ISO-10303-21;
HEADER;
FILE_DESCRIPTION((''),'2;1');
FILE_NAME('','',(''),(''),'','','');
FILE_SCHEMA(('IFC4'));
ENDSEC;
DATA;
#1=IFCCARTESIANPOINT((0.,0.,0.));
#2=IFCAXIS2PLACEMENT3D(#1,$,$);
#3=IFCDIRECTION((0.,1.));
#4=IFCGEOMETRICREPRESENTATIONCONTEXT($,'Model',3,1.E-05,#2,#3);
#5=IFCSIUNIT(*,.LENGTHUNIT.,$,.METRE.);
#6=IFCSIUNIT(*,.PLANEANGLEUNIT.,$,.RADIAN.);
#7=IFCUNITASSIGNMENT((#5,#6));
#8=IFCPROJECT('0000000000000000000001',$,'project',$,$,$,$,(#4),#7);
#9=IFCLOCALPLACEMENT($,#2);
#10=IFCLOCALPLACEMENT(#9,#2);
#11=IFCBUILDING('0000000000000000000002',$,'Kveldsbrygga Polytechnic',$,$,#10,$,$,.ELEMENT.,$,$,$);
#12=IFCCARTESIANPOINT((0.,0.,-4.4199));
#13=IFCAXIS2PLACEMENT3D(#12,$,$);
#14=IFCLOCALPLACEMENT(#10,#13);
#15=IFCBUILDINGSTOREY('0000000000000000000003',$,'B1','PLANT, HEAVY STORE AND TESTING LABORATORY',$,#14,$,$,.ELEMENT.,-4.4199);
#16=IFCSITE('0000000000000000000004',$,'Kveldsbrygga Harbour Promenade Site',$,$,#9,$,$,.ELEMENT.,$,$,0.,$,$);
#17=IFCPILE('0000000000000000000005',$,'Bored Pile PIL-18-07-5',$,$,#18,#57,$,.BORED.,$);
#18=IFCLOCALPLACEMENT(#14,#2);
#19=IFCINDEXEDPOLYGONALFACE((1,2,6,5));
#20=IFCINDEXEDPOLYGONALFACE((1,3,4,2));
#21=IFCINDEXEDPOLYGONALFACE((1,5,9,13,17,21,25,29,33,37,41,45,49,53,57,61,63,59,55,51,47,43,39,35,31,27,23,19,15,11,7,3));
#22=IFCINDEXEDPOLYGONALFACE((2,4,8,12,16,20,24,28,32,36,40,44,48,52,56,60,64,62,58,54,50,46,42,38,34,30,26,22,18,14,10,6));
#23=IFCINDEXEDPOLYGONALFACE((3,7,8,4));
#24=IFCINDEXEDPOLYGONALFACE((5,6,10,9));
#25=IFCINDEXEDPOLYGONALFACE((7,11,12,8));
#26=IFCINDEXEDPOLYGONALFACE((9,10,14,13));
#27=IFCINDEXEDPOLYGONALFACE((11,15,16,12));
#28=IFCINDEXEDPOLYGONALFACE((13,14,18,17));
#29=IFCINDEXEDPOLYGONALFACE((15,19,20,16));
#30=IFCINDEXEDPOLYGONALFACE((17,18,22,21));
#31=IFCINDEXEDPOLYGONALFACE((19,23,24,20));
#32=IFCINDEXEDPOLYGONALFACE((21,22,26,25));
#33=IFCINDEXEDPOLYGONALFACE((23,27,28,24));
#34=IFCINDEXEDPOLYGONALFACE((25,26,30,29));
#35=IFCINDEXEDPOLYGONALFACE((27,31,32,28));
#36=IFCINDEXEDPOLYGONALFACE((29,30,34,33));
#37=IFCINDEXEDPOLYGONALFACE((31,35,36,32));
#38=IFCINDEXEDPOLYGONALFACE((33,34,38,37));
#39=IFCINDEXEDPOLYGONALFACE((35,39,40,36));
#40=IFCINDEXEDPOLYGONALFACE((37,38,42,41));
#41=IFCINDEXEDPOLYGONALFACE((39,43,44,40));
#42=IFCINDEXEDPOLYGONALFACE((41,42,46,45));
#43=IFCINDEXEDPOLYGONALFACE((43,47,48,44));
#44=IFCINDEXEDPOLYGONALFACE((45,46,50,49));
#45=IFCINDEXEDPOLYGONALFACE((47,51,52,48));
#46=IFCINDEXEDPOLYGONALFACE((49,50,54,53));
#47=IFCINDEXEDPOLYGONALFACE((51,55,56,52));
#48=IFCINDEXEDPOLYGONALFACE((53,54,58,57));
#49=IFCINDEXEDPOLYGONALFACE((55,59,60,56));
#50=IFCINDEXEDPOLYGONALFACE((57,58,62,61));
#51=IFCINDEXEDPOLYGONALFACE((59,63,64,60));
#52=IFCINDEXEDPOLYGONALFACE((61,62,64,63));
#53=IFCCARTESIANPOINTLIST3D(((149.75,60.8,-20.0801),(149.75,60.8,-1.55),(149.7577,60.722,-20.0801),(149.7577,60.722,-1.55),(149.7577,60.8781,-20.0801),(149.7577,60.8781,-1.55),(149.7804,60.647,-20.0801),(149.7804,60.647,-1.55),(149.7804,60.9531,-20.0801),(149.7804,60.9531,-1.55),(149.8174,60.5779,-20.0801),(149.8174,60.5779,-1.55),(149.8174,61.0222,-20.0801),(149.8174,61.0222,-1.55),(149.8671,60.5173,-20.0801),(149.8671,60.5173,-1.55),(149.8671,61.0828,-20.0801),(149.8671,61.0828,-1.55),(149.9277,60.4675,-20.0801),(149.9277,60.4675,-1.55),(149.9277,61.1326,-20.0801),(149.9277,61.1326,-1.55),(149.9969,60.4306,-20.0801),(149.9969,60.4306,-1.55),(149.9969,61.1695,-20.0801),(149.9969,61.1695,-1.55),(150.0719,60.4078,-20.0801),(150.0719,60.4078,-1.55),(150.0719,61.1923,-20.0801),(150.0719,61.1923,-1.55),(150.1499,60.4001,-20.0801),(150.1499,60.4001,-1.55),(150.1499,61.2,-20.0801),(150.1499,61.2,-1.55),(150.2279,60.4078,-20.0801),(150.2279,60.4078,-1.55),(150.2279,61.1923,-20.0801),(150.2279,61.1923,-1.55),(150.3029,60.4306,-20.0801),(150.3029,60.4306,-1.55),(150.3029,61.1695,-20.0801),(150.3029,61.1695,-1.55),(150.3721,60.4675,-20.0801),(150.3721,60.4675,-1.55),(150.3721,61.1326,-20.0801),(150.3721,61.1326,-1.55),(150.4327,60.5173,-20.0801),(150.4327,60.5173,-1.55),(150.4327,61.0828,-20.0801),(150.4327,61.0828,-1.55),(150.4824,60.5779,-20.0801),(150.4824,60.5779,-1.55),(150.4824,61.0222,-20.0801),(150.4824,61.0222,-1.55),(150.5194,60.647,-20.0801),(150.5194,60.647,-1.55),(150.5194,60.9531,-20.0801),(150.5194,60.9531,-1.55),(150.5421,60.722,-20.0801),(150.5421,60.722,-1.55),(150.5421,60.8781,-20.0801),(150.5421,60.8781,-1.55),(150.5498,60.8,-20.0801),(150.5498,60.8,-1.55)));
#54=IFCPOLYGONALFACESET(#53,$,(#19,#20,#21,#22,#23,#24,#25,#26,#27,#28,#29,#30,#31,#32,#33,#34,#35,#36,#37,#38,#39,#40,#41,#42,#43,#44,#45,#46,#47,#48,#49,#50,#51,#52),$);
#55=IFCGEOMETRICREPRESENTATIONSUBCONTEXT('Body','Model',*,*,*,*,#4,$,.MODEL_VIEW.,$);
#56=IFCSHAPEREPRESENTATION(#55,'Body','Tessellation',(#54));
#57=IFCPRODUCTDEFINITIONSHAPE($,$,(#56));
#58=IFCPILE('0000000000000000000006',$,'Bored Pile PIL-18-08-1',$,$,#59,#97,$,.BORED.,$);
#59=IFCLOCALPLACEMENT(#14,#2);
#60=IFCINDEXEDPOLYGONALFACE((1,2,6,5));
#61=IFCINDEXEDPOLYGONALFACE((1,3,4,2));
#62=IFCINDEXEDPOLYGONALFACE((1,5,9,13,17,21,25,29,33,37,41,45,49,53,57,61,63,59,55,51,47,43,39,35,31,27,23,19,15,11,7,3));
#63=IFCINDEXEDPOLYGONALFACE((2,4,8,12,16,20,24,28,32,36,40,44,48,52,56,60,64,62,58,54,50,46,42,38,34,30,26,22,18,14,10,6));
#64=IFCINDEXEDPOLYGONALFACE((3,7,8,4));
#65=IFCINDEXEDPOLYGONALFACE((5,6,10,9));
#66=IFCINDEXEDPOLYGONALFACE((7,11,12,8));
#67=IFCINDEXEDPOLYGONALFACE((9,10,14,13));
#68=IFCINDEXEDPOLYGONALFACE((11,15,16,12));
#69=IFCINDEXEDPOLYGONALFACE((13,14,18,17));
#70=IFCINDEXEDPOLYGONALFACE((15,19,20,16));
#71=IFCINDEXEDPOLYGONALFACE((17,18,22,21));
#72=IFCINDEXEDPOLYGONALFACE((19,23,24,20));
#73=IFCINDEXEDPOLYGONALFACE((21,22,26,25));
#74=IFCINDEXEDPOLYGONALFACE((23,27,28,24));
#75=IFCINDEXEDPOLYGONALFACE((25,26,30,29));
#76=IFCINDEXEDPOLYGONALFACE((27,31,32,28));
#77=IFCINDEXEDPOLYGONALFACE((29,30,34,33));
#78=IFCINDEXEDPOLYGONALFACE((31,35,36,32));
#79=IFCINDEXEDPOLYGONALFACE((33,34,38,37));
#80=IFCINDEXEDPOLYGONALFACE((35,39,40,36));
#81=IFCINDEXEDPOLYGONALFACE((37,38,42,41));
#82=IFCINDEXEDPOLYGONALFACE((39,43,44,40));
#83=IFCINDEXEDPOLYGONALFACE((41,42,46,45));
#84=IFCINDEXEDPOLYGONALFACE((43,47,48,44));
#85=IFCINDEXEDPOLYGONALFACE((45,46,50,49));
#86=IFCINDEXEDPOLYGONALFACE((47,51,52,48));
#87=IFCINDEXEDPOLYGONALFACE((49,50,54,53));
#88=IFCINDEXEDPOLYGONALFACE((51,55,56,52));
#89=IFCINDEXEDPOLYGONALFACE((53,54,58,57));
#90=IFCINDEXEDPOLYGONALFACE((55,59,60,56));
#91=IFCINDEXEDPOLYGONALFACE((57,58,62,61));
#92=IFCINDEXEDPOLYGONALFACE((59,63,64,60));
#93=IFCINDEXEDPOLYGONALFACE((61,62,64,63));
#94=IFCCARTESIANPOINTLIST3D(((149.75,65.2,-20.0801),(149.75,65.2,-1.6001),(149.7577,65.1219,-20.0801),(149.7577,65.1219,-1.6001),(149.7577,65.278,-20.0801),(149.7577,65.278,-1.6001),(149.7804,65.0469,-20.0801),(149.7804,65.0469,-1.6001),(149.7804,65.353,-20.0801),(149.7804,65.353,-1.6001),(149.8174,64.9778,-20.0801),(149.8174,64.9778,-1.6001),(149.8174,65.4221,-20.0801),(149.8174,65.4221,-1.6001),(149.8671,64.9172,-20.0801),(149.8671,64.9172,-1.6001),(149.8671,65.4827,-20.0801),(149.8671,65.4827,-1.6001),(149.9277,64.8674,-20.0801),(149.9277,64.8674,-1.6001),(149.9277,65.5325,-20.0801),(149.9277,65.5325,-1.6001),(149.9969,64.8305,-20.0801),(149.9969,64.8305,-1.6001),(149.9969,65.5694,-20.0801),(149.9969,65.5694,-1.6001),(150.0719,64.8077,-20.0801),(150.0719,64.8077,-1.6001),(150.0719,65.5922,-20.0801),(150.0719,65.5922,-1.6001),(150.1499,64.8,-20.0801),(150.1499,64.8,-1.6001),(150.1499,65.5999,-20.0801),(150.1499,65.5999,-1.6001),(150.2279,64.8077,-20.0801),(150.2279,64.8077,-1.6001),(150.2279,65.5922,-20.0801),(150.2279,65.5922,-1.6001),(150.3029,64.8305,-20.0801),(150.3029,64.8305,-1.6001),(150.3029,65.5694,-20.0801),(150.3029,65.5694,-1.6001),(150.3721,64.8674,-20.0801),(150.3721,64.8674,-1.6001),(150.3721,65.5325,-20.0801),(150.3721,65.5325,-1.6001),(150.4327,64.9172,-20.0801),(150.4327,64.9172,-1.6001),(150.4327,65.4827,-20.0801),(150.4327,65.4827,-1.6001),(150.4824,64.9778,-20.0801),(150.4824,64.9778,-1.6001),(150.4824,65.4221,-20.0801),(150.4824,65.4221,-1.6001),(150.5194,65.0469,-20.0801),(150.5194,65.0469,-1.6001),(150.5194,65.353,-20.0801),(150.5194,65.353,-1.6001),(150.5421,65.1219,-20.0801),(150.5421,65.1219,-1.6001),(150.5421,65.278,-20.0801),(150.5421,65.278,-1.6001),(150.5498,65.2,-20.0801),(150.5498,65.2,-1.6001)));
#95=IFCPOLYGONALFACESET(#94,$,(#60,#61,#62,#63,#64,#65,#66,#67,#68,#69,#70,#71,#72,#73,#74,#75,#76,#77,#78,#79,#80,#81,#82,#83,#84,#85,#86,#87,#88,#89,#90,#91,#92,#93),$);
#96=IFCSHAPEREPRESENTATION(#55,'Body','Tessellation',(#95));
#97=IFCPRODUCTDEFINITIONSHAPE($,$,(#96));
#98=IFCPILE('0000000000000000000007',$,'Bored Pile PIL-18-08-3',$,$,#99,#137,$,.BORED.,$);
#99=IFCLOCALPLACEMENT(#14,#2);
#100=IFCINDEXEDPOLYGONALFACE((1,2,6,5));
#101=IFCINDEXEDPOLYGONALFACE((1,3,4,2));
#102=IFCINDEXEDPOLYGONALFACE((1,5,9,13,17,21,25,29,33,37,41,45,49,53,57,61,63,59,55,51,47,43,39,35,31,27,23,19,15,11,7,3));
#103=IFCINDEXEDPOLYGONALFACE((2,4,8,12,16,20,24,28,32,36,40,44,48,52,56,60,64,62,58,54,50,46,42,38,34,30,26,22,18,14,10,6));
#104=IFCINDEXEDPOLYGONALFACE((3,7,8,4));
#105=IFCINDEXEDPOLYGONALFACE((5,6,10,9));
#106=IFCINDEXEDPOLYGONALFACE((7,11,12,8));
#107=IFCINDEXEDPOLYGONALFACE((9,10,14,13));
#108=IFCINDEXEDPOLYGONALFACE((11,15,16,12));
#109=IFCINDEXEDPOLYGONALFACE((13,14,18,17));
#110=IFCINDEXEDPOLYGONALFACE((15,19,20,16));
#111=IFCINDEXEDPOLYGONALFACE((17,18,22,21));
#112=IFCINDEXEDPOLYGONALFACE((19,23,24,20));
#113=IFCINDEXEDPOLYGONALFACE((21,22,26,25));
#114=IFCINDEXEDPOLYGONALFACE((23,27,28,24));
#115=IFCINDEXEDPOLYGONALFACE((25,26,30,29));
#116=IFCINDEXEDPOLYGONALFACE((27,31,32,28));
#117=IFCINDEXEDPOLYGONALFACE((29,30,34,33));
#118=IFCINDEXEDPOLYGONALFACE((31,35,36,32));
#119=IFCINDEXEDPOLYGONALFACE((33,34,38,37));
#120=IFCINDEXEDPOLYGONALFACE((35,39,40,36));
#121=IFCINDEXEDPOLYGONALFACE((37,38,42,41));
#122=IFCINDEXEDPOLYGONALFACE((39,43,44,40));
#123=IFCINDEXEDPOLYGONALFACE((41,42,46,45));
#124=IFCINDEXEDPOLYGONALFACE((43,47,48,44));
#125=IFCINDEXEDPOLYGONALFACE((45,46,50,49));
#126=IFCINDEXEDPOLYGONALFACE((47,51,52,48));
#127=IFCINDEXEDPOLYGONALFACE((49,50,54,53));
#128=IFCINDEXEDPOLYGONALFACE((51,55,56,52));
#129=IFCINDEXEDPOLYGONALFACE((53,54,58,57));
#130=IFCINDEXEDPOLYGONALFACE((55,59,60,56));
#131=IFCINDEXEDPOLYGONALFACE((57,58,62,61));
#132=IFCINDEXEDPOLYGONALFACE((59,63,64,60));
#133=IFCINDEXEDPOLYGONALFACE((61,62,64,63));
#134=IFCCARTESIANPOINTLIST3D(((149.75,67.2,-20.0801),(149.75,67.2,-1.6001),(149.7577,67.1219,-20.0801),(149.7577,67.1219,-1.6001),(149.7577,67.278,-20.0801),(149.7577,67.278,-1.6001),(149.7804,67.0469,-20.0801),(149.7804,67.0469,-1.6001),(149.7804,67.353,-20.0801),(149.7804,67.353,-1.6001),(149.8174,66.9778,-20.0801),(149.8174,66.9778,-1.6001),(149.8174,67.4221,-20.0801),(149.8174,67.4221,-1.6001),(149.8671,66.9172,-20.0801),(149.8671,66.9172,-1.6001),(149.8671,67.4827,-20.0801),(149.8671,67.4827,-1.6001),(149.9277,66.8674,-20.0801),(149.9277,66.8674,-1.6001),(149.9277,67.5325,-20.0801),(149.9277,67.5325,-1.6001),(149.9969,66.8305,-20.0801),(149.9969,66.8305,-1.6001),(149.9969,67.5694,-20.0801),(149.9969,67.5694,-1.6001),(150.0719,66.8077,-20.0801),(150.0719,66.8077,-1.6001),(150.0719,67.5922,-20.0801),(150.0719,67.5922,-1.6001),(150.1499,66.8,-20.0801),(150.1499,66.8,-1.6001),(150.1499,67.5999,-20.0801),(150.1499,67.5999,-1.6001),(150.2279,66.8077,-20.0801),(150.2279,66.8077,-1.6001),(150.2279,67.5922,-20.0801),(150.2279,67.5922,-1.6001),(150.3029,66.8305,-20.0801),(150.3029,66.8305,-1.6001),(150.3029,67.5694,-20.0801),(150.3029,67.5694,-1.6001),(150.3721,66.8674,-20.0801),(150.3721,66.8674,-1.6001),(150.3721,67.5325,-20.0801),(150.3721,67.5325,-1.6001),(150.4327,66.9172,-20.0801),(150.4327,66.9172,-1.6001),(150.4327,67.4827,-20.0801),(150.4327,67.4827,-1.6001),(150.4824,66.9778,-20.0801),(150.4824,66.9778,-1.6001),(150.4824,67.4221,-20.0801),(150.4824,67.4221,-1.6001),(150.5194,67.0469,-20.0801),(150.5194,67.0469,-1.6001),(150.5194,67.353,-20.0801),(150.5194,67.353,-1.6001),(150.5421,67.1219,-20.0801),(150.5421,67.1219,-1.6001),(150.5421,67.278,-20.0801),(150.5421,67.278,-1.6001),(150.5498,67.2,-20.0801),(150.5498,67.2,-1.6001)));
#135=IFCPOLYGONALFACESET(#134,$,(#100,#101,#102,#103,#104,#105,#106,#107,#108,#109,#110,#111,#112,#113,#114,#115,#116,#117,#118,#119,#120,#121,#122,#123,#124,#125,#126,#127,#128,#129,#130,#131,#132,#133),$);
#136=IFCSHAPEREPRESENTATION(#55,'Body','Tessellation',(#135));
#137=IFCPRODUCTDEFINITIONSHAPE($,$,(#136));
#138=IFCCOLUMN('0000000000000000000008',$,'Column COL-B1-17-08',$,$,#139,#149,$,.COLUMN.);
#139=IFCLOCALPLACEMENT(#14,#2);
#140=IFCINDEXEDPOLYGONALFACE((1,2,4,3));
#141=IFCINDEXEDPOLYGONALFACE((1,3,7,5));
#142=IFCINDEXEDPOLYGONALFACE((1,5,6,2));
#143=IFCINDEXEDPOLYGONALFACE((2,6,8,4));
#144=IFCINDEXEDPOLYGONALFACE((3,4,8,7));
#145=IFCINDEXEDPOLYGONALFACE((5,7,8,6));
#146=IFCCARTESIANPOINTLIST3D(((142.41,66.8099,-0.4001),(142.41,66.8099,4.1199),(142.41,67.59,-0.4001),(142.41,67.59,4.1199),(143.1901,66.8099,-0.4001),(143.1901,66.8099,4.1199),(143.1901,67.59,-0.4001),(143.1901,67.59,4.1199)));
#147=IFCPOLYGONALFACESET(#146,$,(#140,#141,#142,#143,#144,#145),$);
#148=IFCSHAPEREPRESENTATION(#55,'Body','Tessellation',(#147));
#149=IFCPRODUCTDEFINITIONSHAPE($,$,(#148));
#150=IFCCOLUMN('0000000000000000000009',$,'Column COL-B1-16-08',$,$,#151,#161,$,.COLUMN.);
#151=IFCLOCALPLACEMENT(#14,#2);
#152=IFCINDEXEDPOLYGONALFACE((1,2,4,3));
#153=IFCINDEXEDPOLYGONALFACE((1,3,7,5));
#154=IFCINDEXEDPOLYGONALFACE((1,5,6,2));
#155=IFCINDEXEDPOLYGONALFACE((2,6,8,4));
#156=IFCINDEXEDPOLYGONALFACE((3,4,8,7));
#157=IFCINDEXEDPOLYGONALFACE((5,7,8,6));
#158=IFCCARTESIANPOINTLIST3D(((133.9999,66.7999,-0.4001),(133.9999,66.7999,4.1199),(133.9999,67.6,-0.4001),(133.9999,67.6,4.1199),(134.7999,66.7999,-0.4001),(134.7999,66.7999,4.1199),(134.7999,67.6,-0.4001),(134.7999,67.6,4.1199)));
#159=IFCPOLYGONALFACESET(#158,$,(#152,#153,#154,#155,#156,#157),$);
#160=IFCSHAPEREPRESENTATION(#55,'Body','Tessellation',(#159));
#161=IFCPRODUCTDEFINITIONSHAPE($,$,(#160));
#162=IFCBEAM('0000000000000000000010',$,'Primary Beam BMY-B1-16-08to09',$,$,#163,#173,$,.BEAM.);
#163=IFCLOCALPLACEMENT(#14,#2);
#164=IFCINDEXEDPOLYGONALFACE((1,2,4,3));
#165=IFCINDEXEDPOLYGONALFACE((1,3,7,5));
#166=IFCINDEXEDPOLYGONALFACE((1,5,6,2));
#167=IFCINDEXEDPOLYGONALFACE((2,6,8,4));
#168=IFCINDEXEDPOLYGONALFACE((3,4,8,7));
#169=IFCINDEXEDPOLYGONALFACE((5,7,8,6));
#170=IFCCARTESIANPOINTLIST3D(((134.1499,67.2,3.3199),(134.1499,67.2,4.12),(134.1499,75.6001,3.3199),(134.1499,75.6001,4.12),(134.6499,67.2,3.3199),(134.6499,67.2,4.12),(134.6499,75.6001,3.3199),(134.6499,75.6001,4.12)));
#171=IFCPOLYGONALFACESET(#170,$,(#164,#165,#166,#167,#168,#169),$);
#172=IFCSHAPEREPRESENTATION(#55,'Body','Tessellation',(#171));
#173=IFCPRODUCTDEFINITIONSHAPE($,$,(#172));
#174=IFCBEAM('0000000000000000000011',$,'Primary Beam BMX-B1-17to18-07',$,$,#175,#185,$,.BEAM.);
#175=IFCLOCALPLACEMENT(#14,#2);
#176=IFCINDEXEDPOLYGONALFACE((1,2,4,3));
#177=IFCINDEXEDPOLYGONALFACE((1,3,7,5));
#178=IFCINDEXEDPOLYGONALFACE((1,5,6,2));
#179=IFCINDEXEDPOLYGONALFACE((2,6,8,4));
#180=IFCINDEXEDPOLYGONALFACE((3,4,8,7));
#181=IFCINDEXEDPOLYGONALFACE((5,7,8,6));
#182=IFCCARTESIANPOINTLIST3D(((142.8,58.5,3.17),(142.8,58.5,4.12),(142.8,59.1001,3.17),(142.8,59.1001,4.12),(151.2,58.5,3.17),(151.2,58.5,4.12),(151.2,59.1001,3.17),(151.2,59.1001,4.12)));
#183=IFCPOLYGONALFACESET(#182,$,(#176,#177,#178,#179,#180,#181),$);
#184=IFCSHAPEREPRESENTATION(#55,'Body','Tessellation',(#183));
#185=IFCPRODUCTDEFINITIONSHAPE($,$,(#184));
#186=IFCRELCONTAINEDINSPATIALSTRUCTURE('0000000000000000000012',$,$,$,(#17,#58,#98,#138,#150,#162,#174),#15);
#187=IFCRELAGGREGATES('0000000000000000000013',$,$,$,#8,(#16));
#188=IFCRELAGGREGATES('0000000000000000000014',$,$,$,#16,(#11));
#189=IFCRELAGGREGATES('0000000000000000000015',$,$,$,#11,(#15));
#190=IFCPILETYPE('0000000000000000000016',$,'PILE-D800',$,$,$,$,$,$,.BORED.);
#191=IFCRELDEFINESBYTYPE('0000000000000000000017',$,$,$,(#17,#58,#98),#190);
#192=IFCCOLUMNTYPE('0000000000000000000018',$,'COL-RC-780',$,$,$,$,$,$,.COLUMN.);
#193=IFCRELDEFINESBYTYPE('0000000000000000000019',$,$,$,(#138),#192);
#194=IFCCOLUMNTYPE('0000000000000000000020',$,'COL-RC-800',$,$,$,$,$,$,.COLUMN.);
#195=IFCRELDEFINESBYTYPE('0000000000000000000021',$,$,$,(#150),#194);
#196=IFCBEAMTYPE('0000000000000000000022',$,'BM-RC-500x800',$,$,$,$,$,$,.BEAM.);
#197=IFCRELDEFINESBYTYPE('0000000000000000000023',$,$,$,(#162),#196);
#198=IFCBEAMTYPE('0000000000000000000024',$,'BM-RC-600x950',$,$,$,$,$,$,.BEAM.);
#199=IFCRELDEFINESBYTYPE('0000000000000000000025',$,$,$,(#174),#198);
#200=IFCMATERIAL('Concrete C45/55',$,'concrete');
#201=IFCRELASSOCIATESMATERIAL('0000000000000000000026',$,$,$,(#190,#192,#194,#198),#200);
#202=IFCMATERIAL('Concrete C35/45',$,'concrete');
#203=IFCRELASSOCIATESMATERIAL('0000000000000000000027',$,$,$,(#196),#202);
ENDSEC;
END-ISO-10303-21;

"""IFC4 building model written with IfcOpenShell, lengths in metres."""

from ifc_helpers import new_model, si_unit, direction, frame, origin, origin_2d, place, context, subcontext, project, spatial, rectangle, circle, extrude, material, material_profile, profile_set, type_object, element, save


model = new_model("IFC4")

# Units and contexts
model_context = context("Model", 3, precision=1e-05, world=origin(), true_north=direction((0.0, 1.0)))
body_context = subcontext(model_context, "Body", "Model", "MODEL_VIEW")
ifc_project = project(units=[si_unit("LENGTHUNIT", "METRE"), si_unit("PLANEANGLEUNIT", "RADIAN")], contexts=[model_context])

# Site, building, storey
site_placement = place(None, origin())
site = spatial("IfcSite", under=ifc_project, at=site_placement, Name="Kveldsbrygga Harbour Promenade Site", CompositionType="ELEMENT", RefElevation=0.0)
building_placement = place(site_placement, origin())
building = spatial("IfcBuilding", under=site, at=building_placement, Name="Kveldsbrygga Polytechnic", CompositionType="ELEMENT")
storey_placement = place(building_placement, frame((0.0, 0.0, -4.4199)))
storey = spatial("IfcBuildingStorey", under=building, at=storey_placement, Name="B1", Description="PLANT, HEAVY STORE AND TESTING LABORATORY", CompositionType="ELEMENT", Elevation=-4.4199)

# Shared definitions
ifc_material_1 = material(Name="Concrete C45/55", Category="concrete")

# Piles
ifc_material_profile_1 = material_profile(ifc_material_1, circle(Radius=0.3999, at=origin_2d()), Name="PILE D800")
ifc_profile_set_1 = profile_set([ifc_material_profile_1], Name="Concrete C45/55")
pile_type = type_object("IfcPileType", Name="PILE-D800", PredefinedType="BORED", material=ifc_profile_set_1)
for number, where, z_axis, x_axis, name in (
    (1, (150.1499, 60.8, -1.55), (0.0, 0.0, -1.0), (1.0, 0.0, 0.0), "Bored Pile PIL-18-07-5"),
):
    element("IfcPile", number, at=place(storey_placement, frame(where, z_axis=z_axis, x_axis=x_axis)), inside=storey, type_object=pile_type, Name=name, PredefinedType="BORED", context=body_context, shape_type="SweptSolid", body=[
        extrude(circle(Radius=0.3999, at=origin_2d()), origin(), (0.0, 0.0, 1.0), 18.53),
    ])
for number, where, z_axis, x_axis, name in (
    (2, (150.1499, 65.2, -1.6001), (0.0, 0.0, -1.0), (1.0, 0.0, 0.0), "Bored Pile PIL-18-08-1"),
    (3, (150.1499, 67.2, -1.6001), (0.0, 0.0, -1.0), (1.0, 0.0, 0.0), "Bored Pile PIL-18-08-3"),
):
    element("IfcPile", number, at=place(storey_placement, frame(where, z_axis=z_axis, x_axis=x_axis)), inside=storey, type_object=pile_type, Name=name, PredefinedType="BORED", context=body_context, shape_type="SweptSolid", body=[
        extrude(circle(Radius=0.3999, at=origin_2d()), origin(), (0.0, 0.0, 1.0), 18.48),
    ])

# Columns
ifc_material_profile_2 = material_profile(ifc_material_1, rectangle(XDim=0.78, YDim=0.78, at=origin_2d()), Name="RC 780x780")
ifc_profile_set_2 = profile_set([ifc_material_profile_2], Name="Concrete C45/55")
column_type_1 = type_object("IfcColumnType", Name="COL-RC-780", PredefinedType="COLUMN", material=ifc_profile_set_2)
column_1_placement = place(storey_placement, frame((142.8, 67.2, -0.4001), z_axis=(0.0, 0.0, 1.0), x_axis=(1.0, 0.0, 0.0)))
element("IfcColumn", 4, at=column_1_placement, inside=storey, type_object=column_type_1, Name="Column COL-B1-17-08", PredefinedType="COLUMN", context=body_context, shape_type="SweptSolid", body=[
    extrude(rectangle(XDim=0.78, YDim=0.78, at=origin_2d()), origin(), (0.0, 0.0, 1.0), 4.52),
])
ifc_material_profile_3 = material_profile(ifc_material_1, rectangle(XDim=0.8, YDim=0.8, at=origin_2d()), Name="RC 800x800")
ifc_profile_set_3 = profile_set([ifc_material_profile_3], Name="Concrete C45/55")
column_type_2 = type_object("IfcColumnType", Name="COL-RC-800", PredefinedType="COLUMN", material=ifc_profile_set_3)
column_2_placement = place(storey_placement, frame((134.3999, 67.2, -0.4001), z_axis=(0.0, 0.0, 1.0), x_axis=(1.0, 0.0, 0.0)))
element("IfcColumn", 5, at=column_2_placement, inside=storey, type_object=column_type_2, Name="Column COL-B1-16-08", PredefinedType="COLUMN", context=body_context, shape_type="SweptSolid", body=[
    extrude(rectangle(XDim=0.8, YDim=0.8, at=origin_2d()), origin(), (0.0, 0.0, 1.0), 4.52),
])

# Beams
ifc_material_2 = material(Name="Concrete C35/45", Category="concrete")
ifc_material_profile_4 = material_profile(ifc_material_2, rectangle(XDim=0.5, YDim=0.8, at=origin_2d()), Name="RC 500x800")
ifc_profile_set_4 = profile_set([ifc_material_profile_4], Name="Concrete C35/45")
beam_type_1 = type_object("IfcBeamType", Name="BM-RC-500x800", PredefinedType="BEAM", material=ifc_profile_set_4)
beam_1_placement = place(storey_placement, frame((134.3999, 67.2, 3.72), z_axis=(0.0, 1.0, 0.0), x_axis=(-1.0, 0.0, 0.0)))
element("IfcBeam", 6, at=beam_1_placement, inside=storey, type_object=beam_type_1, Name="Primary Beam BMY-B1-16-08to09", PredefinedType="BEAM", context=body_context, shape_type="SweptSolid", body=[
    extrude(rectangle(XDim=0.5, YDim=0.8, at=origin_2d()), origin(), (0.0, 0.0, 1.0), 8.4001),
])
ifc_material_profile_5 = material_profile(ifc_material_1, rectangle(XDim=0.6001, YDim=0.95, at=origin_2d()), Name="RC 600x950")
ifc_profile_set_5 = profile_set([ifc_material_profile_5], Name="Concrete C45/55")
beam_type_2 = type_object("IfcBeamType", Name="BM-RC-600x950", PredefinedType="BEAM", material=ifc_profile_set_5)
beam_2_placement = place(storey_placement, frame((142.8, 58.8, 3.645), z_axis=(1.0, 0.0, 0.0), x_axis=(0.0, 1.0, 0.0)))
element("IfcBeam", 7, at=beam_2_placement, inside=storey, type_object=beam_type_2, Name="Primary Beam BMX-B1-17to18-07", PredefinedType="BEAM", context=body_context, shape_type="SweptSolid", body=[
    extrude(rectangle(XDim=0.6001, YDim=0.95, at=origin_2d()), origin(), (0.0, 0.0, 1.0), 8.3999),
])

save(model, "model.ifc")
